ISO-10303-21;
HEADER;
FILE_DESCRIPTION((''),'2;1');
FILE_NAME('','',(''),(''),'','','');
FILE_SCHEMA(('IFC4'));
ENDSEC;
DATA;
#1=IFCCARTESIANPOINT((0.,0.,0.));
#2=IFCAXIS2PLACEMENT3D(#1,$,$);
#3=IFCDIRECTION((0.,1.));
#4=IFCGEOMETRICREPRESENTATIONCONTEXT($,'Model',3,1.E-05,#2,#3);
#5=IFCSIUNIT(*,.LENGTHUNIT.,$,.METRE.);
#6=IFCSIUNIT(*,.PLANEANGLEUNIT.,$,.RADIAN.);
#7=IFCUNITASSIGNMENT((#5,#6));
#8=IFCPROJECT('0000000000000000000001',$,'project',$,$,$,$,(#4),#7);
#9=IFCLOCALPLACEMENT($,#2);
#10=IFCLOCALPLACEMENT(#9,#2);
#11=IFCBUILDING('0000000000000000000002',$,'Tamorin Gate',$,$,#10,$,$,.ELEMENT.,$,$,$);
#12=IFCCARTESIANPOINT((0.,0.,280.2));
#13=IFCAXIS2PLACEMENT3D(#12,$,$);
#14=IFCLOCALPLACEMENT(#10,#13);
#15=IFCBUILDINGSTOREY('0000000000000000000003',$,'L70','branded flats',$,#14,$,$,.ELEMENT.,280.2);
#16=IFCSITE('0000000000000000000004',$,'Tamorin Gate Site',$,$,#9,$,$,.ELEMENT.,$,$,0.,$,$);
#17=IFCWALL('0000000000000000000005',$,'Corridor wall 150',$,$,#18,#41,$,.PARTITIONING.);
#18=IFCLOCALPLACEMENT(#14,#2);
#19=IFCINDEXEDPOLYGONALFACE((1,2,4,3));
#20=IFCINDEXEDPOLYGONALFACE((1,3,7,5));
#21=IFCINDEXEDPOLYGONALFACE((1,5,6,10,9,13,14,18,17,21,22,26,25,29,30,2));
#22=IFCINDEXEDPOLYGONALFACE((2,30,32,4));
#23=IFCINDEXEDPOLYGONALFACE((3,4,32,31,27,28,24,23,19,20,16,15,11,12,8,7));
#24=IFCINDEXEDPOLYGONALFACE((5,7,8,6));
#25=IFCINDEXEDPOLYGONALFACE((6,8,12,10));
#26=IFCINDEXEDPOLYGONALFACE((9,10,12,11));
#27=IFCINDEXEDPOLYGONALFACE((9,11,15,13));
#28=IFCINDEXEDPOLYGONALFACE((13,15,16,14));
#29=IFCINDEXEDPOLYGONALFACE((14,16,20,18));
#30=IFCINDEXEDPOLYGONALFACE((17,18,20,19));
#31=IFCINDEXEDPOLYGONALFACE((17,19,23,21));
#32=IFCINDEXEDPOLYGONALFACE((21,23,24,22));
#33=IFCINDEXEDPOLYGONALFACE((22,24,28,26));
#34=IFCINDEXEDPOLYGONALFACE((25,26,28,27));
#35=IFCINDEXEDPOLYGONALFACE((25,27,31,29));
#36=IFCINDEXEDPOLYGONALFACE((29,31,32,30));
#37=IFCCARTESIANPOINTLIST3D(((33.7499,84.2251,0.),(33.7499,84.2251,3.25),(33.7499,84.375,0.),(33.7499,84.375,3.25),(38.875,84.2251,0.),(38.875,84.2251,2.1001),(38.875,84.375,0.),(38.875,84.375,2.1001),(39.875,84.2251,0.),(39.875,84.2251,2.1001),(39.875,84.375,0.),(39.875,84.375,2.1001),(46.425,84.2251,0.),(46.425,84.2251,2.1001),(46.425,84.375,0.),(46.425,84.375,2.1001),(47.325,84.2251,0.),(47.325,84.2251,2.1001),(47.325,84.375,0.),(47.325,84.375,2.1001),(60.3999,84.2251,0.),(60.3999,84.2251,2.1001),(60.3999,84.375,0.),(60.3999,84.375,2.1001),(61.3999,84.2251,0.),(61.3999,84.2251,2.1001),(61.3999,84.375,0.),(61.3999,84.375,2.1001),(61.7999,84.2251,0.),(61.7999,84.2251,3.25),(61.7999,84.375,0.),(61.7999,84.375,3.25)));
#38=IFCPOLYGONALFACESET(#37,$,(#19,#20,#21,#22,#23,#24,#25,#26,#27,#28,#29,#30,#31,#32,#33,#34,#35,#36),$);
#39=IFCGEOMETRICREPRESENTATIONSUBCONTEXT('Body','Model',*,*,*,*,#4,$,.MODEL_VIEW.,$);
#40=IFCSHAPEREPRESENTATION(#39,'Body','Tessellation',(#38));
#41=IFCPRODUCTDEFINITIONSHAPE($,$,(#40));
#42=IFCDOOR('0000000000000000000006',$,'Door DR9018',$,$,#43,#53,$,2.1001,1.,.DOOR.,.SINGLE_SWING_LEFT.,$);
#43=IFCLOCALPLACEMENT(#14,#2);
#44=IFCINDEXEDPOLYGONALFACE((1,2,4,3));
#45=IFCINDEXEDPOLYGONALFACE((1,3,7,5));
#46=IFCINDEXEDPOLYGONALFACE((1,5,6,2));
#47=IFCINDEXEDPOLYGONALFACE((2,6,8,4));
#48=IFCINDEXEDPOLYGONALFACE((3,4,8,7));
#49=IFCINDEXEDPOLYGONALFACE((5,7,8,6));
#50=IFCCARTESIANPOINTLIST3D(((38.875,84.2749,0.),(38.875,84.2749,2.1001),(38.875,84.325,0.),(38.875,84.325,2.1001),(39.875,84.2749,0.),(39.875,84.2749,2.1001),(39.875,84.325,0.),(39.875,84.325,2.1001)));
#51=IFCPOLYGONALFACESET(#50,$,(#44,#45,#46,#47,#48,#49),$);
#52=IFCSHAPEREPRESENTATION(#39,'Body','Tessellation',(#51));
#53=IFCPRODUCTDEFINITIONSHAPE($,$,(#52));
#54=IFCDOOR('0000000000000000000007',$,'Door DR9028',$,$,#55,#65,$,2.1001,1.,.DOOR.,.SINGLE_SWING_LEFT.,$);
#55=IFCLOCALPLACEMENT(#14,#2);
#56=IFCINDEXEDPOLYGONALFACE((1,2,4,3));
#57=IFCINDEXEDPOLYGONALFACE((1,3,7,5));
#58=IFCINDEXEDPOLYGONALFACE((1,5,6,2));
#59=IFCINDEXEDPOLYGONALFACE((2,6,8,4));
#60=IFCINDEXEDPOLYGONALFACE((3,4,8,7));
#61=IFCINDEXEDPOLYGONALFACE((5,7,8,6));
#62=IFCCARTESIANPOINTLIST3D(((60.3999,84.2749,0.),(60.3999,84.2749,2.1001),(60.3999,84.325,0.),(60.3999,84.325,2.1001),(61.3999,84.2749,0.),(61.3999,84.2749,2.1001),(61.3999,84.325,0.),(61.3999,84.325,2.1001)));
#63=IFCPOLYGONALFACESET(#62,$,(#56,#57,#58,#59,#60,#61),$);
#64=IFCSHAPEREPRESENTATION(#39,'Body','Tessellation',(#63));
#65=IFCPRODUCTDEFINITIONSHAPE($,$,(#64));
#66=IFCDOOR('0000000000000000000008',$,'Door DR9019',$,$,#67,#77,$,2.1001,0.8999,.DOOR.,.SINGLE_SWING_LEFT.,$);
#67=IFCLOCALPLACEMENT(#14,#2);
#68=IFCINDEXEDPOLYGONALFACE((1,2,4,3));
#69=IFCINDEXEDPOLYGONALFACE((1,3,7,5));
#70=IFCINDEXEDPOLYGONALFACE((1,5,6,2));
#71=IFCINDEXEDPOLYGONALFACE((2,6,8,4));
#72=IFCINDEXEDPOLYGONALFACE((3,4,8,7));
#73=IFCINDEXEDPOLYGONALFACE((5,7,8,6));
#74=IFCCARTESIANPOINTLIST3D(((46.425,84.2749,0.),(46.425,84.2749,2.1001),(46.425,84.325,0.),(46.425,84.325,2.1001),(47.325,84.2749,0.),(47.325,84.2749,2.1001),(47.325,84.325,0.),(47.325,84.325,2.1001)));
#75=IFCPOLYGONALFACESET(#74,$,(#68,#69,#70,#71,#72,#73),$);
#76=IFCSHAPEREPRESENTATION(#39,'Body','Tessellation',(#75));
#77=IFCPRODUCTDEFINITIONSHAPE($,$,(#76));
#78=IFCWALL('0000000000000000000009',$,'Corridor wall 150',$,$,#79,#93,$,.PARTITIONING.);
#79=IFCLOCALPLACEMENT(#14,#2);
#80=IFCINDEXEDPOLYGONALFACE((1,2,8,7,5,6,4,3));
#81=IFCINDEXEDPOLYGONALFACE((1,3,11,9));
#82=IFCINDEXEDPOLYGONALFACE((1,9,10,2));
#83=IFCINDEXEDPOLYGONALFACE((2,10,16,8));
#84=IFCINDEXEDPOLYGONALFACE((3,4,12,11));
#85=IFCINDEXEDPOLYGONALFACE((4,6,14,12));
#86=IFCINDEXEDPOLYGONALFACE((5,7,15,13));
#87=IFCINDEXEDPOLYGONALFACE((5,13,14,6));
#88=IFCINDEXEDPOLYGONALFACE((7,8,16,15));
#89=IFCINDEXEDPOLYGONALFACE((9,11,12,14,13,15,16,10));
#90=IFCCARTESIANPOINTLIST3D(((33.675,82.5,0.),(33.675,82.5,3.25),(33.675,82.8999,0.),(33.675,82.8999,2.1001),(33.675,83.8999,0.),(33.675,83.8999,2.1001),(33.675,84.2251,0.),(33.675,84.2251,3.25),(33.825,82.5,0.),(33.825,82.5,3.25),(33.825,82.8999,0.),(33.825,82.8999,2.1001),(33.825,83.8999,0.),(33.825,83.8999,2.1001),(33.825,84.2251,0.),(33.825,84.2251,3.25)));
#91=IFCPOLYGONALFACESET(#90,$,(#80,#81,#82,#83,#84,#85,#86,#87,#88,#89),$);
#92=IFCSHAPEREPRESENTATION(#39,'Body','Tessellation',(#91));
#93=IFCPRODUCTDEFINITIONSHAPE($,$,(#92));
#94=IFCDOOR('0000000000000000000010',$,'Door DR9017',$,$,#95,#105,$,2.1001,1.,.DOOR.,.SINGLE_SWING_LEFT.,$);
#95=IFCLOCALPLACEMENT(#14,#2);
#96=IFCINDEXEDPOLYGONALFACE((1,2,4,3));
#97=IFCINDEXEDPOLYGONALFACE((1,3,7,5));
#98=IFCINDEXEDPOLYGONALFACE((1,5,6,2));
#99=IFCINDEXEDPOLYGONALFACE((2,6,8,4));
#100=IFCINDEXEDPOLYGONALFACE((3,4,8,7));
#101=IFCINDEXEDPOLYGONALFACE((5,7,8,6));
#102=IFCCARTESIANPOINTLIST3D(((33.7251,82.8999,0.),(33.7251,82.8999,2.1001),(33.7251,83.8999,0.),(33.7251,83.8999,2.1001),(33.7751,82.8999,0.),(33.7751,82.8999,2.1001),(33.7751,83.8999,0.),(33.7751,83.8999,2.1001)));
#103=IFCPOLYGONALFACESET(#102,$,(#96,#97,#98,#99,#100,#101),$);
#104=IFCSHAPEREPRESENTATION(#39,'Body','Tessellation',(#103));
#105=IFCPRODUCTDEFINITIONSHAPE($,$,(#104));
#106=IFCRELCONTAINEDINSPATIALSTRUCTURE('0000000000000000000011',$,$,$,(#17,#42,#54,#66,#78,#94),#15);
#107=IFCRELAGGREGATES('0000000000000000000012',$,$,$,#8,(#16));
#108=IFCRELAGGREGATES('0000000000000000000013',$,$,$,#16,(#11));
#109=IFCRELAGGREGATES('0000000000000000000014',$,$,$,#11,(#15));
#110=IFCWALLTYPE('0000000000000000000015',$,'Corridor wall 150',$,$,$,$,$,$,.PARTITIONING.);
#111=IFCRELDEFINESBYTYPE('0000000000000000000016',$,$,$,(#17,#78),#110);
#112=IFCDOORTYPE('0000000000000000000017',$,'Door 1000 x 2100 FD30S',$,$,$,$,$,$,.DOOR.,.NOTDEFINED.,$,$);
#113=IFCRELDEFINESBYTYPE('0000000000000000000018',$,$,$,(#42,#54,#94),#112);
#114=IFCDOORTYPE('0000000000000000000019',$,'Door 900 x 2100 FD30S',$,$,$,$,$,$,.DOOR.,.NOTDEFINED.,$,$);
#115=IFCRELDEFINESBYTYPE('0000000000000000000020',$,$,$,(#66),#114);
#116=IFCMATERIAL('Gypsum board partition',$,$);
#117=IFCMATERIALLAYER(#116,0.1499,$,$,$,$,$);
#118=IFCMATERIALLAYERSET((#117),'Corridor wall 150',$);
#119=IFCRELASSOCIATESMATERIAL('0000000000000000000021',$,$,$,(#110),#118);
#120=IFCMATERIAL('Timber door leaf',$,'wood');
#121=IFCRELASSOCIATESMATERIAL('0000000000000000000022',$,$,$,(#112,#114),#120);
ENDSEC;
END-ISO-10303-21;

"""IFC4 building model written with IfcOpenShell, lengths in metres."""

from ifc_helpers import new_model, si_unit, direction, frame, frame_2d, origin, place, context, subcontext, project, spatial, rectangle, extrude, material, layer, layer_set, type_object, element, fill, save


model = new_model("IFC4")

# Units and contexts
model_context = context("Model", 3, precision=1e-05, world=origin(), true_north=direction((0.0, 1.0)))
body_context = subcontext(model_context, "Body", "Model", "MODEL_VIEW")
ifc_project = project(units=[si_unit("LENGTHUNIT", "METRE"), si_unit("PLANEANGLEUNIT", "RADIAN")], contexts=[model_context])

# Site, building, storey
site_placement = place(None, origin())
site = spatial("IfcSite", under=ifc_project, at=site_placement, Name="Tamorin Gate Site", CompositionType="ELEMENT", RefElevation=0.0)
building_placement = place(site_placement, origin())
building = spatial("IfcBuilding", under=site, at=building_placement, Name="Tamorin Gate", CompositionType="ELEMENT")
storey_placement = place(building_placement, frame((0.0, 0.0, 280.2)))
storey = spatial("IfcBuildingStorey", under=building, at=storey_placement, Name="L70", Description="branded flats", CompositionType="ELEMENT", Elevation=280.2)

# Wall, openings, doors
ifc_material_1 = material(Name="Gypsum board partition")
ifc_layer_1 = layer(ifc_material_1, 0.1499)
ifc_layer_set_1 = layer_set([ifc_layer_1], Name="Corridor wall 150")
wall_type_1 = type_object("IfcWallType", Name="Corridor wall 150", PredefinedType="PARTITIONING", material=ifc_layer_set_1)
wall_1_placement = place(storey_placement, frame((33.75, 84.3, 0.0), z_axis=(0.0, 0.0, 1.0), x_axis=(1.0, 0.0, 0.0)))
wall_1 = element("IfcWall", 1, at=wall_1_placement, inside=storey, type_object=wall_type_1, Name="Corridor wall 150", PredefinedType="PARTITIONING", context=body_context, shape_type="SweptSolid", body=[
    extrude(rectangle(XDim=28.05, YDim=0.1499, at=frame_2d((14.0249, 0.0))), origin(), (0.0, 0.0, 1.0), 3.25),
])
opening_1_placement = place(wall_1_placement, frame((5.125, 0.0, 0.0)))
opening_1 = element("IfcOpeningElement", 2, at=opening_1_placement, cuts=wall_1, PredefinedType="OPENING", context=body_context, shape_type="SweptSolid", body=[
    extrude(rectangle(XDim=1.0, YDim=2.1001, at=frame_2d((0.5, 1.05))), frame((0.0, 0.085, 0.0), z_axis=(0.0, -1.0, 0.0), x_axis=(1.0, 0.0, 0.0)), (0.0, 0.0, 1.0), 0.1699),
])
opening_2_placement = place(wall_1_placement, frame((12.675, 0.0, 0.0)))
opening_2 = element("IfcOpeningElement", 3, at=opening_2_placement, cuts=wall_1, PredefinedType="OPENING", context=body_context, shape_type="SweptSolid", body=[
    extrude(rectangle(XDim=0.8999, YDim=2.1001, at=frame_2d((0.45, 1.05))), frame((0.0, 0.085, 0.0), z_axis=(0.0, -1.0, 0.0), x_axis=(1.0, 0.0, 0.0)), (0.0, 0.0, 1.0), 0.1699),
])
opening_3_placement = place(wall_1_placement, frame((26.6499, 0.0, 0.0)))
opening_3 = element("IfcOpeningElement", 4, at=opening_3_placement, cuts=wall_1, PredefinedType="OPENING", context=body_context, shape_type="SweptSolid", body=[
    extrude(rectangle(XDim=1.0, YDim=2.1001, at=frame_2d((0.5, 1.05))), frame((0.0, 0.085, 0.0), z_axis=(0.0, -1.0, 0.0), x_axis=(1.0, 0.0, 0.0)), (0.0, 0.0, 1.0), 0.1699),
])
ifc_material_2 = material(Name="Timber door leaf", Category="wood")
door_type_1 = type_object("IfcDoorType", Name="Door 1000 x 2100 FD30S", OperationType="NOTDEFINED", PredefinedType="DOOR", material=ifc_material_2)
door_1_placement = place(opening_1_placement, origin())
door_1 = element("IfcDoor", 5, at=door_1_placement, inside=storey, type_object=door_type_1, Name="Door DR9018", OperationType="SINGLE_SWING_LEFT", OverallHeight=2.1001, OverallWidth=1.0, PredefinedType="DOOR", context=body_context, shape_type="SweptSolid", body=[
    extrude(rectangle(XDim=1.0, YDim=2.1001, at=frame_2d((0.5, 1.05))), frame((0.0, 0.0249, 0.0), z_axis=(0.0, -1.0, 0.0), x_axis=(1.0, 0.0, 0.0)), (0.0, 0.0, 1.0), 0.05),
])
fill(opening_1, door_1)
door_2_placement = place(opening_3_placement, origin())
door_2 = element("IfcDoor", 6, at=door_2_placement, inside=storey, type_object=door_type_1, Name="Door DR9028", OperationType="SINGLE_SWING_LEFT", OverallHeight=2.1001, OverallWidth=1.0, PredefinedType="DOOR", context=body_context, shape_type="SweptSolid", body=[
    extrude(rectangle(XDim=1.0, YDim=2.1001, at=frame_2d((0.5, 1.05))), frame((0.0, 0.0249, 0.0), z_axis=(0.0, -1.0, 0.0), x_axis=(1.0, 0.0, 0.0)), (0.0, 0.0, 1.0), 0.05),
])
fill(opening_3, door_2)
door_type_2 = type_object("IfcDoorType", Name="Door 900 x 2100 FD30S", OperationType="NOTDEFINED", PredefinedType="DOOR", material=ifc_material_2)
door_3_placement = place(opening_2_placement, origin())
door_3 = element("IfcDoor", 7, at=door_3_placement, inside=storey, type_object=door_type_2, Name="Door DR9019", OperationType="SINGLE_SWING_LEFT", OverallHeight=2.1001, OverallWidth=0.8999, PredefinedType="DOOR", context=body_context, shape_type="SweptSolid", body=[
    extrude(rectangle(XDim=0.8999, YDim=2.1001, at=frame_2d((0.45, 1.05))), frame((0.0, 0.0249, 0.0), z_axis=(0.0, -1.0, 0.0), x_axis=(1.0, 0.0, 0.0)), (0.0, 0.0, 1.0), 0.05),
])
fill(opening_2, door_3)

# Wall, opening, door
wall_2_placement = place(storey_placement, frame((33.75, 82.5, 0.0), z_axis=(0.0, 0.0, 1.0), x_axis=(0.0, 1.0, 0.0)))
wall_2 = element("IfcWall", 8, at=wall_2_placement, inside=storey, type_object=wall_type_1, Name="Corridor wall 150", PredefinedType="PARTITIONING", context=body_context, shape_type="SweptSolid", body=[
    extrude(rectangle(XDim=1.7251, YDim=0.1499, at=frame_2d((0.8625, 0.0))), origin(), (0.0, 0.0, 1.0), 3.25),
])
opening_4_placement = place(wall_2_placement, frame((0.3999, 0.0, 0.0)))
opening_4 = element("IfcOpeningElement", 9, at=opening_4_placement, cuts=wall_2, PredefinedType="OPENING", context=body_context, shape_type="SweptSolid", body=[
    extrude(rectangle(XDim=1.0, YDim=2.1001, at=frame_2d((0.5, 1.05))), frame((0.0, 0.085, 0.0), z_axis=(0.0, -1.0, 0.0), x_axis=(1.0, 0.0, 0.0)), (0.0, 0.0, 1.0), 0.1699),
])
door_4_placement = place(opening_4_placement, origin())
door_4 = element("IfcDoor", 10, at=door_4_placement, inside=storey, type_object=door_type_1, Name="Door DR9017", OperationType="SINGLE_SWING_LEFT", OverallHeight=2.1001, OverallWidth=1.0, PredefinedType="DOOR", context=body_context, shape_type="SweptSolid", body=[
    extrude(rectangle(XDim=1.0, YDim=2.1001, at=frame_2d((0.5, 1.05))), frame((0.0, 0.0249, 0.0), z_axis=(0.0, -1.0, 0.0), x_axis=(1.0, 0.0, 0.0)), (0.0, 0.0, 1.0), 0.05),
])
fill(opening_4, door_4)

save(model, "model.ifc")
